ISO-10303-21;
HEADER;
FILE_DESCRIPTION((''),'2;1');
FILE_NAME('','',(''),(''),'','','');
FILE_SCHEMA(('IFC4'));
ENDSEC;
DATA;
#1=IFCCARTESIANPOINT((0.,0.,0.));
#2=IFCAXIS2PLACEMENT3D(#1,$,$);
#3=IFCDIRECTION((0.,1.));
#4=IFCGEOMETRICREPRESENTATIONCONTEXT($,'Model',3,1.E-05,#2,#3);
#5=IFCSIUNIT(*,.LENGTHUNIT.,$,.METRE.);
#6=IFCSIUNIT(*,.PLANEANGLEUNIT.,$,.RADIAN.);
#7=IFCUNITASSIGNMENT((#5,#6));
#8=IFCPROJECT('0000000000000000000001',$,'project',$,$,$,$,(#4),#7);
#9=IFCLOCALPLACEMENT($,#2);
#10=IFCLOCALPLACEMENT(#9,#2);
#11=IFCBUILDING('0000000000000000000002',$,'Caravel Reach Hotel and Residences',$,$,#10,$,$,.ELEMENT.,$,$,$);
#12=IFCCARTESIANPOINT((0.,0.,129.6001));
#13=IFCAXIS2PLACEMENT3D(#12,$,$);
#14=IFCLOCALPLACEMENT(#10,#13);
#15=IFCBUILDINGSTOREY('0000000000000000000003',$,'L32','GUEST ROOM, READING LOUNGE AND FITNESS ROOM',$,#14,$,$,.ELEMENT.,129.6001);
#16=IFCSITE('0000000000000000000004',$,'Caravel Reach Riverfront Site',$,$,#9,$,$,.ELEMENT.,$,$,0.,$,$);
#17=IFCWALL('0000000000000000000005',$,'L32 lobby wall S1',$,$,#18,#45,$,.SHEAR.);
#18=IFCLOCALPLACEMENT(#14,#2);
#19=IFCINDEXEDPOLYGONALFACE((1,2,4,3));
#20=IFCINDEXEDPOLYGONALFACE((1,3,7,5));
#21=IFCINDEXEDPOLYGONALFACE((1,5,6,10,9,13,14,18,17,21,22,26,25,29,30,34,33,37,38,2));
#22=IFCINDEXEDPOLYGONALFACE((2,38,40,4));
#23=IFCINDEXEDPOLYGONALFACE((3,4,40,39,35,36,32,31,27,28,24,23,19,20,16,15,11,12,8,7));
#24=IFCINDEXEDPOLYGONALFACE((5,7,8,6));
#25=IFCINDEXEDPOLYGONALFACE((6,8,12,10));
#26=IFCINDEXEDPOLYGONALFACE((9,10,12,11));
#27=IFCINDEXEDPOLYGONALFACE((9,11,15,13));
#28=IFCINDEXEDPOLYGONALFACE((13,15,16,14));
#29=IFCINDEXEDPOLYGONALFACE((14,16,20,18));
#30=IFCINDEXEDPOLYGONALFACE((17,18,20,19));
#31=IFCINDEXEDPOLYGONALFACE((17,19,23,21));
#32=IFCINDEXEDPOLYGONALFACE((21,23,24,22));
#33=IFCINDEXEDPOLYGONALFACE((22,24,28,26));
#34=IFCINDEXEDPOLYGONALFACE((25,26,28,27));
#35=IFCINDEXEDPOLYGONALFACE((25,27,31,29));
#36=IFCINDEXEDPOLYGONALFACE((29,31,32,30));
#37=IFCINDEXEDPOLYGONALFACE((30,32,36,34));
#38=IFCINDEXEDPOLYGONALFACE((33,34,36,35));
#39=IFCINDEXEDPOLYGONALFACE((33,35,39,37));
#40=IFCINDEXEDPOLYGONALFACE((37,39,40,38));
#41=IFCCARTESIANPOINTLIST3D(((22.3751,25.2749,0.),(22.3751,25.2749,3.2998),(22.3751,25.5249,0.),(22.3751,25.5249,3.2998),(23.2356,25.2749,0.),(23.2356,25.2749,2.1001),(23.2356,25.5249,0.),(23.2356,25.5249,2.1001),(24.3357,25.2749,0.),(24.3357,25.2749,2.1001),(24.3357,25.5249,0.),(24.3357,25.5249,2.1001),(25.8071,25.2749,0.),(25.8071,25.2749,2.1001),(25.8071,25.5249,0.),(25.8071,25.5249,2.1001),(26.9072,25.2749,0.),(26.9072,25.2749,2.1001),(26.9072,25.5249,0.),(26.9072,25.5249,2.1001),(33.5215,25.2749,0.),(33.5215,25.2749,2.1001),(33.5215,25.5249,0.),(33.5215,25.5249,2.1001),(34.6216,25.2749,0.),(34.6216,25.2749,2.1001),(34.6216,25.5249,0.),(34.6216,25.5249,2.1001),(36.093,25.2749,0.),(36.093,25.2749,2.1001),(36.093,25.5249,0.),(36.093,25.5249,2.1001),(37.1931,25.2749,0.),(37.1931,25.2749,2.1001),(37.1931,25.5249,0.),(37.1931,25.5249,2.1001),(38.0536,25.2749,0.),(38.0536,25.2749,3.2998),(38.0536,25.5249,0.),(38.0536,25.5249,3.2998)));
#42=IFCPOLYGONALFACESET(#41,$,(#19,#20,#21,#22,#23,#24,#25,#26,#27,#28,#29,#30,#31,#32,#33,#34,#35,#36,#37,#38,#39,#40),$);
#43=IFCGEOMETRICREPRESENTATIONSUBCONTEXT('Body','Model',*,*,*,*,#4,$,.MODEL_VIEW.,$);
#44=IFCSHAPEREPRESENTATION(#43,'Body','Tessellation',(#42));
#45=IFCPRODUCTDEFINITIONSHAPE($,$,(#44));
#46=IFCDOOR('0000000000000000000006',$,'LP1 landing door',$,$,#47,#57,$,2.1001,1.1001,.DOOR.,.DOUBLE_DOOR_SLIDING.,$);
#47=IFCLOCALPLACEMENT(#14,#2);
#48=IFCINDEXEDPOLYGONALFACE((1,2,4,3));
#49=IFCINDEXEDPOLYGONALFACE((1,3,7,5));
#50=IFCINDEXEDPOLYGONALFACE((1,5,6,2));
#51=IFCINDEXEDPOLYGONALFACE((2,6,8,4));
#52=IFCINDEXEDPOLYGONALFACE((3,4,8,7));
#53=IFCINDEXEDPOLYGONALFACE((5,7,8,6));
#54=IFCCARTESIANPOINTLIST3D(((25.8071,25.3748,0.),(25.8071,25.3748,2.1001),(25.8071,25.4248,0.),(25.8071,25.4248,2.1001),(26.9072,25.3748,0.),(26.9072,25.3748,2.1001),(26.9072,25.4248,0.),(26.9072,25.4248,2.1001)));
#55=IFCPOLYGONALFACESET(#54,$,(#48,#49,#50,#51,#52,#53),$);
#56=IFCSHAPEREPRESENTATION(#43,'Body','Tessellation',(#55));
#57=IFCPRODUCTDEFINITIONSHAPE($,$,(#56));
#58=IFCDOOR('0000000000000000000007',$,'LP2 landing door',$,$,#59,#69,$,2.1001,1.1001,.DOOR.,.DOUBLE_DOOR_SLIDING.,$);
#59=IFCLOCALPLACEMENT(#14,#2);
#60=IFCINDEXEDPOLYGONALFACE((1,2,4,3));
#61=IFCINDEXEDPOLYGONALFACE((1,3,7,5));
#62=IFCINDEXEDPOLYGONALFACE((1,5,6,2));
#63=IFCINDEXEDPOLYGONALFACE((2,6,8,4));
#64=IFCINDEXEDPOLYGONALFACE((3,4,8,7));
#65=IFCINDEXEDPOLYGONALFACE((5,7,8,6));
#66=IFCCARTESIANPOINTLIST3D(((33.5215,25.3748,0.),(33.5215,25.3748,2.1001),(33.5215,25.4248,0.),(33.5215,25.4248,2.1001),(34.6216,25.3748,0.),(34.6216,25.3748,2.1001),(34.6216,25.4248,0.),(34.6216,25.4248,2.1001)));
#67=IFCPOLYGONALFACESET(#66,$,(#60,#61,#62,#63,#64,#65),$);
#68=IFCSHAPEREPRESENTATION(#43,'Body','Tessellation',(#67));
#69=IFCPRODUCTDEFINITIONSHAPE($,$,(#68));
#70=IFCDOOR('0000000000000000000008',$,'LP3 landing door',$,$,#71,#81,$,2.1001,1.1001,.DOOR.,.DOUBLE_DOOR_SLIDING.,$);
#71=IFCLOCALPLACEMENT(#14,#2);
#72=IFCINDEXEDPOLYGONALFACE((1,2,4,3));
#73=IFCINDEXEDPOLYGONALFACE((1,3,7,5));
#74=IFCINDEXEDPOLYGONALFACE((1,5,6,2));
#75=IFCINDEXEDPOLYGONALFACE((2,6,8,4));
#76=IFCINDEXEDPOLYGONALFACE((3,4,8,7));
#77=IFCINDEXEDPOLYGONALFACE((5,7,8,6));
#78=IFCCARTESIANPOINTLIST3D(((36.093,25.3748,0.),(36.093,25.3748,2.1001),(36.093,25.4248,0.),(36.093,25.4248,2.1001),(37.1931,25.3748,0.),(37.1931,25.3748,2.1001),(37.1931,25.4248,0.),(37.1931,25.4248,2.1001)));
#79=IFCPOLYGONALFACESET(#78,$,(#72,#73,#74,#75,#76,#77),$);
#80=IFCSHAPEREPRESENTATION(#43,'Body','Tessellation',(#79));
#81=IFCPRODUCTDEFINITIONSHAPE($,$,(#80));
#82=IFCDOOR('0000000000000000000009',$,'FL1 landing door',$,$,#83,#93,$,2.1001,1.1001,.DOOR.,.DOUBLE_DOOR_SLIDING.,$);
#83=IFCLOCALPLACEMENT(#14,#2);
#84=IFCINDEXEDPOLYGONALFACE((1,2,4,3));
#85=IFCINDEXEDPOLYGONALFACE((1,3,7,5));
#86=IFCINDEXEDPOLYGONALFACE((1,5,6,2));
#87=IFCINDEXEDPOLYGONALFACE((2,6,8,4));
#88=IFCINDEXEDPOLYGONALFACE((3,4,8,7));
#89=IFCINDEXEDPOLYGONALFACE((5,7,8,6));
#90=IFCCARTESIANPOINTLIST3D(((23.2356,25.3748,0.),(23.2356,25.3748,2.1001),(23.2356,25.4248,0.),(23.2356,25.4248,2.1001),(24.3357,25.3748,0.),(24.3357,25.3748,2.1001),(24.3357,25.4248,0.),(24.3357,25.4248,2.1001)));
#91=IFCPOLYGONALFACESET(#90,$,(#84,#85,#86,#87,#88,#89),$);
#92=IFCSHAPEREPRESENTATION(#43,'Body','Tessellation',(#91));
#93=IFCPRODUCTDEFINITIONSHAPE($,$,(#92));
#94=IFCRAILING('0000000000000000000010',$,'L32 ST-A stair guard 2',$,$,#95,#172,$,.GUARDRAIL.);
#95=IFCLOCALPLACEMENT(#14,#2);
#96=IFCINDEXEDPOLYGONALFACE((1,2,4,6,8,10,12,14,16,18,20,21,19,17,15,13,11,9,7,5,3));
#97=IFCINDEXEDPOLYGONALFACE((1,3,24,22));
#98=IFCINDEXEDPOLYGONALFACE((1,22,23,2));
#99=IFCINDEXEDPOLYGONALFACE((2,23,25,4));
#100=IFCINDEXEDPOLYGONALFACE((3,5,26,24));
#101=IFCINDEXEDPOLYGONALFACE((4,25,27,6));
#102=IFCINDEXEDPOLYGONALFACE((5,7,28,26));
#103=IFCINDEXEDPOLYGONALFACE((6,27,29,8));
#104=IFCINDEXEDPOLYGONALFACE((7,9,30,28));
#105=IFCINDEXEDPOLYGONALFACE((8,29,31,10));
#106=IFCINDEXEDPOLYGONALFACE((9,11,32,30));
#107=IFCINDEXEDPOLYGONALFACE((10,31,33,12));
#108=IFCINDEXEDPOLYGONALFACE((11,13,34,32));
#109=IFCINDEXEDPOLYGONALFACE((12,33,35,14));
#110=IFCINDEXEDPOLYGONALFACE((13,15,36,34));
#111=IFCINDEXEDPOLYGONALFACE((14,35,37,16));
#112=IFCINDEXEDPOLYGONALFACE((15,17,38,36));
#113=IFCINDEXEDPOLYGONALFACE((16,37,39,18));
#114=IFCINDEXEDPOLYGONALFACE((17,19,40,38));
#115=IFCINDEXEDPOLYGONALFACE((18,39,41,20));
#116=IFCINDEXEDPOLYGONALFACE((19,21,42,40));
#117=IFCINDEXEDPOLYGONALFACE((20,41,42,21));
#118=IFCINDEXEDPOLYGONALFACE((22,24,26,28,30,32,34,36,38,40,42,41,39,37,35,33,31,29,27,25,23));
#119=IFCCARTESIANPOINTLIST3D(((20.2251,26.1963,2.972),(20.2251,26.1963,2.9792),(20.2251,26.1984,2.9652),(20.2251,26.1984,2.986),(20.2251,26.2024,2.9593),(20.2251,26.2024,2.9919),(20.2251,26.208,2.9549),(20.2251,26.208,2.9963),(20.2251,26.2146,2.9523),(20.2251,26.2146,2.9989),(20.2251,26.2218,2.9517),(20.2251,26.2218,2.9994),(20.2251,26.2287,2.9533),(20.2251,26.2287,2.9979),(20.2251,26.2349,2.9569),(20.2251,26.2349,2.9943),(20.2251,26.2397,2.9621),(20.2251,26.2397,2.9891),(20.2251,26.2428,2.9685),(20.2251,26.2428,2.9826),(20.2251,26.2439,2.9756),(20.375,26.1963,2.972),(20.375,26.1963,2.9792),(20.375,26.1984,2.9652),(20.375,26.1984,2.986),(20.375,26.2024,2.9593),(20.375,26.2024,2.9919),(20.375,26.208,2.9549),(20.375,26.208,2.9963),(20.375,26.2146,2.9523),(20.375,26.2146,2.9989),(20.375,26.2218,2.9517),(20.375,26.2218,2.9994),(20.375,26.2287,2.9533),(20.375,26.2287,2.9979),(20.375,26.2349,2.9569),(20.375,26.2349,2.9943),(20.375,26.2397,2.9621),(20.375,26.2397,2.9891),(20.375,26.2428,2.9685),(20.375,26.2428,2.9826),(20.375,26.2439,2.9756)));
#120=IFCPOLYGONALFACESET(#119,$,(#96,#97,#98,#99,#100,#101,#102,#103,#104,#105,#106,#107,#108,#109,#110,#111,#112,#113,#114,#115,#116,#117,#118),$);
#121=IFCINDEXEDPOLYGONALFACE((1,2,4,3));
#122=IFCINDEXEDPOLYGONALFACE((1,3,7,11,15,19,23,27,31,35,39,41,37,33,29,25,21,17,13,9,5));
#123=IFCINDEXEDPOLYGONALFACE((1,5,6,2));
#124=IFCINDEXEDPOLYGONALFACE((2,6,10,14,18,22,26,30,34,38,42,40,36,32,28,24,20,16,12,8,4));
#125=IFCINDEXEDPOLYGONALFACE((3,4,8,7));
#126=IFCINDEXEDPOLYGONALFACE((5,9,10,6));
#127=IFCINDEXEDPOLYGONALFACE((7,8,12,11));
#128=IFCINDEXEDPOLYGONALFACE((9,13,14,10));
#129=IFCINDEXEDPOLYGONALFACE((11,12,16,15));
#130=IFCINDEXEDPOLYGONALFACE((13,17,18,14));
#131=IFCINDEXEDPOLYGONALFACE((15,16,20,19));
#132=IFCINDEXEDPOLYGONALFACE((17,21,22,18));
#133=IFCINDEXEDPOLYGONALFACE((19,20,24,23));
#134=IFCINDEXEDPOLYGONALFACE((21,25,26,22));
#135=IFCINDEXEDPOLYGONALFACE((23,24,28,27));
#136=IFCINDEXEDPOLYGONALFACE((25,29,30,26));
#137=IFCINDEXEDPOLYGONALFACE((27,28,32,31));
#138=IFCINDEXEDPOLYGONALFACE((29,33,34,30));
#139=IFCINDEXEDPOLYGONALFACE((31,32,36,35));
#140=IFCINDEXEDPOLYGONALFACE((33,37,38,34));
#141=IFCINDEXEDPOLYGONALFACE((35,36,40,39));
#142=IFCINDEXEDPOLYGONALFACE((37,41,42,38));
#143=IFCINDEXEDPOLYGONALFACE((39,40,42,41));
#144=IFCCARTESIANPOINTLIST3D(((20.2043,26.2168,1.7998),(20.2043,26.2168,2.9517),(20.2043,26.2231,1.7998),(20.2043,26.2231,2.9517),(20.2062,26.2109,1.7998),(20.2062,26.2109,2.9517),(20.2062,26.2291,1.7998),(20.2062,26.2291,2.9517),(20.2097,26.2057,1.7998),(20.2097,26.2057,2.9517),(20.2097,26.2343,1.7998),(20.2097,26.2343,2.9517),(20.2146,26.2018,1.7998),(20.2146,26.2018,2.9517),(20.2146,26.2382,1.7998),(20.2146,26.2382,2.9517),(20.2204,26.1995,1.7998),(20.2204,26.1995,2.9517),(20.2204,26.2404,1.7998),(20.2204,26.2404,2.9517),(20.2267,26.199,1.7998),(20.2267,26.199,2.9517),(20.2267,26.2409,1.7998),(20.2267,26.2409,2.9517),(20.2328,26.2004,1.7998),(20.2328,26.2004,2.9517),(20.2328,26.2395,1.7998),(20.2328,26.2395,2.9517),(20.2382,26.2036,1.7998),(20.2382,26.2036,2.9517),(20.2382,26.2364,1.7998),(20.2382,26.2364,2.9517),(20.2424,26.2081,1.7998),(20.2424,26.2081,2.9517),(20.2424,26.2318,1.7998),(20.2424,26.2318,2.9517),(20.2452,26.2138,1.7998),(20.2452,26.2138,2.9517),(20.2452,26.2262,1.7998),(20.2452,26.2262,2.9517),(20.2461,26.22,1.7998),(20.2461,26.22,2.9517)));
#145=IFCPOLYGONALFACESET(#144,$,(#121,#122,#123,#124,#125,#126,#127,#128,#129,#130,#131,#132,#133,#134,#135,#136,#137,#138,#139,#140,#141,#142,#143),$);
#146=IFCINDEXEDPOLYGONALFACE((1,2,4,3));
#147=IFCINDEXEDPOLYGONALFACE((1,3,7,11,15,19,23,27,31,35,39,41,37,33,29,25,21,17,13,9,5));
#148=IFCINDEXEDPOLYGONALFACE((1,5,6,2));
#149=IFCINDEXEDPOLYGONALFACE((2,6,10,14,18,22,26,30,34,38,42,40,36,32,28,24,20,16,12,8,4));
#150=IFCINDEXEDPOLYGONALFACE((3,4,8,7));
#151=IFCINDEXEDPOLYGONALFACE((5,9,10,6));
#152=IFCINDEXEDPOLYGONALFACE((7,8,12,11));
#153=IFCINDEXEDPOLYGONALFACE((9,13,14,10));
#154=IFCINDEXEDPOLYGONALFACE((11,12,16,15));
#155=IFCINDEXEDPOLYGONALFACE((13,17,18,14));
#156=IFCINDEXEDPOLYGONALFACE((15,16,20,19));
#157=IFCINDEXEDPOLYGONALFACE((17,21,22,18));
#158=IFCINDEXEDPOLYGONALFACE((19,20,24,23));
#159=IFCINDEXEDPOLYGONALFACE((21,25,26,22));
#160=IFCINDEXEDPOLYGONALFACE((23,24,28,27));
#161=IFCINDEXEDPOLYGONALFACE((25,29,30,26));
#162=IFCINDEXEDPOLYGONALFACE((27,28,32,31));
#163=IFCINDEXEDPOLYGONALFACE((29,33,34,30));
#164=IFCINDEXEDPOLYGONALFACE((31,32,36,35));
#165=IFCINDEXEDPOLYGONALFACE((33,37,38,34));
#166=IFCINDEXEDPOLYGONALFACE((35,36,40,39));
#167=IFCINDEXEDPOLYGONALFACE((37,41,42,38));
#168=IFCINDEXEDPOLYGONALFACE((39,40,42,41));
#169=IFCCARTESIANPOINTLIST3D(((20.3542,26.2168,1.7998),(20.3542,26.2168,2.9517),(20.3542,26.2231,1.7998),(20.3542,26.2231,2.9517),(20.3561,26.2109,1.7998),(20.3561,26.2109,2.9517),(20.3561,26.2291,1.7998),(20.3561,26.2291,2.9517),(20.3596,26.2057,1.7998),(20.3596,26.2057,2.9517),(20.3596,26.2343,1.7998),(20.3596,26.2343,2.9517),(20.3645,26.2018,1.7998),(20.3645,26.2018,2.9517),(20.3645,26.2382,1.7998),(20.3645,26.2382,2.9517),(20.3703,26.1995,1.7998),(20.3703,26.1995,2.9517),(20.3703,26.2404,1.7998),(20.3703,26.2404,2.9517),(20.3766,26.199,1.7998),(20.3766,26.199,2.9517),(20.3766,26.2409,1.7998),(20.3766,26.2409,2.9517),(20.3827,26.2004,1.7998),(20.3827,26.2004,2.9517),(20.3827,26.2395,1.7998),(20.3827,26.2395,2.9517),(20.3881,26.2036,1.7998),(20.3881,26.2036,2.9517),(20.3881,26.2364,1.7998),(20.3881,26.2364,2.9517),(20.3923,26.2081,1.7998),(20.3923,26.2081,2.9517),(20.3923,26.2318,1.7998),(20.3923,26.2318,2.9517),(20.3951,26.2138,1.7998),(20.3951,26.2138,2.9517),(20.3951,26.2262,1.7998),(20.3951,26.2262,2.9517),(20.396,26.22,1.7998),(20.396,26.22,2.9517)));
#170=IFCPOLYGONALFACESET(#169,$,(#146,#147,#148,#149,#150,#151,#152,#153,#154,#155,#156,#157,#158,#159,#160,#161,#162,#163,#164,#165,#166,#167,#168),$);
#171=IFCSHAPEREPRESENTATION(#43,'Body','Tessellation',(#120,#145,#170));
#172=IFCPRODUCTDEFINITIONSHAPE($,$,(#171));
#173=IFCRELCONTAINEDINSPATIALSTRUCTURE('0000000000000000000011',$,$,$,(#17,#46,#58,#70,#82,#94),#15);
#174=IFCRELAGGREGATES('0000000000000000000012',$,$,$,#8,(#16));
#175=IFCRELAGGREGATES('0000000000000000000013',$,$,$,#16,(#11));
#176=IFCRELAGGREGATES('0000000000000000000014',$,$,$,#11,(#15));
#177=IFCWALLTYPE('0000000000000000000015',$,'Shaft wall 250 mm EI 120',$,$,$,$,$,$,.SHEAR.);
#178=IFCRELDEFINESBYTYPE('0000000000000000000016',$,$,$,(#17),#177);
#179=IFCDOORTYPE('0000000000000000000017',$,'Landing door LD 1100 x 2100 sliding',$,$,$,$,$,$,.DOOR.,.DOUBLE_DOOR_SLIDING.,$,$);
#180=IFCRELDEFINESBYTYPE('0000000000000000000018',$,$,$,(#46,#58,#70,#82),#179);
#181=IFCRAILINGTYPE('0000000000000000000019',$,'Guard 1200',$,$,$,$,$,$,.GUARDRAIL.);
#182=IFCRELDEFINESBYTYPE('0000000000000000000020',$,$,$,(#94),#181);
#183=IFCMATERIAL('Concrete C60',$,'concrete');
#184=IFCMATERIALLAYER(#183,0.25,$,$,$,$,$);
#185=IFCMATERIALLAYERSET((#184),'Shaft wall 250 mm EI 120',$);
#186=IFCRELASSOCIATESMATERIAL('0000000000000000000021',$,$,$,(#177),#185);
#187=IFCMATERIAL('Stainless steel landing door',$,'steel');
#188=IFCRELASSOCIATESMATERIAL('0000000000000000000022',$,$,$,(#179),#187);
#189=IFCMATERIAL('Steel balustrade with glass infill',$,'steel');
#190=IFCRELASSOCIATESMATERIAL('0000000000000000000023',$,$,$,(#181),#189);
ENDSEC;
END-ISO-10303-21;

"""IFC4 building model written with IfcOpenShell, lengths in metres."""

from ifc_helpers import new_model, si_unit, direction, frame, frame_2d, origin, origin_2d, place, context, subcontext, project, spatial, rectangle, circle, extrude, material, layer, layer_set, type_object, element, fill, save


model = new_model("IFC4")

# Units and contexts
model_context = context("Model", 3, precision=1e-05, world=origin(), true_north=direction((0.0, 1.0)))
body_context = subcontext(model_context, "Body", "Model", "MODEL_VIEW")
ifc_project = project(units=[si_unit("LENGTHUNIT", "METRE"), si_unit("PLANEANGLEUNIT", "RADIAN")], contexts=[model_context])

# Site, building, storey
site_placement = place(None, origin())
site = spatial("IfcSite", under=ifc_project, at=site_placement, Name="Caravel Reach Riverfront Site", CompositionType="ELEMENT", RefElevation=0.0)
building_placement = place(site_placement, origin())
building = spatial("IfcBuilding", under=site, at=building_placement, Name="Caravel Reach Hotel and Residences", CompositionType="ELEMENT")
storey_placement = place(building_placement, frame((0.0, 0.0, 129.6001)))
storey = spatial("IfcBuildingStorey", under=building, at=storey_placement, Name="L32", Description="GUEST ROOM, READING LOUNGE AND FITNESS ROOM", CompositionType="ELEMENT", Elevation=129.6001)

# Wall, openings, doors
ifc_material_1 = material(Name="Concrete C60", Category="concrete")
ifc_layer_1 = layer(ifc_material_1, 0.25)
ifc_layer_set_1 = layer_set([ifc_layer_1], Name="Shaft wall 250 mm EI 120")
wall_type_1 = type_object("IfcWallType", Name="Shaft wall 250 mm EI 120", PredefinedType="SHEAR", material=ifc_layer_set_1)
wall_1_placement = place(storey_placement, frame((22.375, 25.3999, 0.0), z_axis=(0.0, 0.0, 1.0), x_axis=(1.0, 0.0, 0.0)))
wall_1 = element("IfcWall", 1, at=wall_1_placement, inside=storey, type_object=wall_type_1, Name="L32 lobby wall S1", PredefinedType="SHEAR", context=body_context, shape_type="SweptSolid", body=[
    extrude(rectangle(XDim=15.6785, YDim=0.25, at=frame_2d((7.8394, 0.0))), origin(), (0.0, 0.0, 1.0), 3.2998),
])
opening_1_placement = place(wall_1_placement, frame((3.4321, 0.0, 0.0)))
opening_1 = element("IfcOpeningElement", 2, at=opening_1_placement, cuts=wall_1, PredefinedType="OPENING", context=body_context, shape_type="SweptSolid", body=[
    extrude(rectangle(XDim=1.1001, YDim=2.1001, at=frame_2d((0.55, 1.05))), frame((0.0, 0.135, 0.0), z_axis=(0.0, -1.0, 0.0), x_axis=(1.0, 0.0, 0.0)), (0.0, 0.0, 1.0), 0.27),
])
opening_2_placement = place(wall_1_placement, frame((11.1465, 0.0, 0.0)))
opening_2 = element("IfcOpeningElement", 3, at=opening_2_placement, cuts=wall_1, PredefinedType="OPENING", context=body_context, shape_type="SweptSolid", body=[
    extrude(rectangle(XDim=1.1001, YDim=2.1001, at=frame_2d((0.55, 1.05))), frame((0.0, 0.135, 0.0), z_axis=(0.0, -1.0, 0.0), x_axis=(1.0, 0.0, 0.0)), (0.0, 0.0, 1.0), 0.27),
])
opening_3_placement = place(wall_1_placement, frame((13.718, 0.0, 0.0)))
opening_3 = element("IfcOpeningElement", 4, at=opening_3_placement, cuts=wall_1, PredefinedType="OPENING", context=body_context, shape_type="SweptSolid", body=[
    extrude(rectangle(XDim=1.1001, YDim=2.1001, at=frame_2d((0.55, 1.05))), frame((0.0, 0.135, 0.0), z_axis=(0.0, -1.0, 0.0), x_axis=(1.0, 0.0, 0.0)), (0.0, 0.0, 1.0), 0.27),
])
opening_4_placement = place(wall_1_placement, frame((0.8606, 0.0, 0.0)))
opening_4 = element("IfcOpeningElement", 5, at=opening_4_placement, cuts=wall_1, PredefinedType="OPENING", context=body_context, shape_type="SweptSolid", body=[
    extrude(rectangle(XDim=1.1001, YDim=2.1001, at=frame_2d((0.55, 1.05))), frame((0.0, 0.135, 0.0), z_axis=(0.0, -1.0, 0.0), x_axis=(1.0, 0.0, 0.0)), (0.0, 0.0, 1.0), 0.27),
])
ifc_material_2 = material(Name="Stainless steel landing door", Category="steel")
door_type_1 = type_object("IfcDoorType", Name="Landing door LD 1100 x 2100 sliding", OperationType="DOUBLE_DOOR_SLIDING", PredefinedType="DOOR", material=ifc_material_2)
door_1_placement = place(opening_1_placement, origin())
door_1 = element("IfcDoor", 6, at=door_1_placement, inside=storey, type_object=door_type_1, Name="LP1 landing door", OperationType="DOUBLE_DOOR_SLIDING", OverallHeight=2.1001, OverallWidth=1.1001, PredefinedType="DOOR", context=body_context, shape_type="SweptSolid", body=[
    extrude(rectangle(XDim=1.1001, YDim=2.1001, at=frame_2d((0.55, 1.05))), frame((0.0, 0.0249, 0.0), z_axis=(0.0, -1.0, 0.0), x_axis=(1.0, 0.0, 0.0)), (0.0, 0.0, 1.0), 0.05),
])
fill(opening_1, door_1)
door_2_placement = place(opening_2_placement, origin())
door_2 = element("IfcDoor", 7, at=door_2_placement, inside=storey, type_object=door_type_1, Name="LP2 landing door", OperationType="DOUBLE_DOOR_SLIDING", OverallHeight=2.1001, OverallWidth=1.1001, PredefinedType="DOOR", context=body_context, shape_type="SweptSolid", body=[
    extrude(rectangle(XDim=1.1001, YDim=2.1001, at=frame_2d((0.55, 1.05))), frame((0.0, 0.0249, 0.0), z_axis=(0.0, -1.0, 0.0), x_axis=(1.0, 0.0, 0.0)), (0.0, 0.0, 1.0), 0.05),
])
fill(opening_2, door_2)
door_3_placement = place(opening_3_placement, origin())
door_3 = element("IfcDoor", 8, at=door_3_placement, inside=storey, type_object=door_type_1, Name="LP3 landing door", OperationType="DOUBLE_DOOR_SLIDING", OverallHeight=2.1001, OverallWidth=1.1001, PredefinedType="DOOR", context=body_context, shape_type="SweptSolid", body=[
    extrude(rectangle(XDim=1.1001, YDim=2.1001, at=frame_2d((0.55, 1.05))), frame((0.0, 0.0249, 0.0), z_axis=(0.0, -1.0, 0.0), x_axis=(1.0, 0.0, 0.0)), (0.0, 0.0, 1.0), 0.05),
])
fill(opening_3, door_3)
door_4_placement = place(opening_4_placement, origin())
door_4 = element("IfcDoor", 9, at=door_4_placement, inside=storey, type_object=door_type_1, Name="FL1 landing door", OperationType="DOUBLE_DOOR_SLIDING", OverallHeight=2.1001, OverallWidth=1.1001, PredefinedType="DOOR", context=body_context, shape_type="SweptSolid", body=[
    extrude(rectangle(XDim=1.1001, YDim=2.1001, at=frame_2d((0.55, 1.05))), frame((0.0, 0.0249, 0.0), z_axis=(0.0, -1.0, 0.0), x_axis=(1.0, 0.0, 0.0)), (0.0, 0.0, 1.0), 0.05),
])
fill(opening_4, door_4)

# Railing
ifc_material_3 = material(Name="Steel balustrade with glass infill", Category="steel")
railing_type = type_object("IfcRailingType", Name="Guard 1200", PredefinedType="GUARDRAIL", material=ifc_material_3)
railing_placement = place(storey_placement, frame((20.2251, 26.22, 1.7998)))
element("IfcRailing", 10, at=railing_placement, inside=storey, type_object=railing_type, Name="L32 ST-A stair guard 2", PredefinedType="GUARDRAIL", context=body_context, shape_type="SweptSolid", body=[
    extrude(circle(Radius=0.0239, at=origin_2d()), frame((0.0, 0.0, 1.1758), z_axis=(1.0, 0.0, 0.0), x_axis=(0.0, 1.0, 0.0)), (0.0, 0.0, 1.0), 0.1499),
    extrude(circle(Radius=0.021, at=origin_2d()), origin(), (0.0, 0.0, 1.0), 1.1519),
    extrude(circle(Radius=0.021, at=origin_2d()), frame((0.1499, 0.0, 0.0)), (0.0, 0.0, 1.0), 1.1519),
])

save(model, "model.ifc")
